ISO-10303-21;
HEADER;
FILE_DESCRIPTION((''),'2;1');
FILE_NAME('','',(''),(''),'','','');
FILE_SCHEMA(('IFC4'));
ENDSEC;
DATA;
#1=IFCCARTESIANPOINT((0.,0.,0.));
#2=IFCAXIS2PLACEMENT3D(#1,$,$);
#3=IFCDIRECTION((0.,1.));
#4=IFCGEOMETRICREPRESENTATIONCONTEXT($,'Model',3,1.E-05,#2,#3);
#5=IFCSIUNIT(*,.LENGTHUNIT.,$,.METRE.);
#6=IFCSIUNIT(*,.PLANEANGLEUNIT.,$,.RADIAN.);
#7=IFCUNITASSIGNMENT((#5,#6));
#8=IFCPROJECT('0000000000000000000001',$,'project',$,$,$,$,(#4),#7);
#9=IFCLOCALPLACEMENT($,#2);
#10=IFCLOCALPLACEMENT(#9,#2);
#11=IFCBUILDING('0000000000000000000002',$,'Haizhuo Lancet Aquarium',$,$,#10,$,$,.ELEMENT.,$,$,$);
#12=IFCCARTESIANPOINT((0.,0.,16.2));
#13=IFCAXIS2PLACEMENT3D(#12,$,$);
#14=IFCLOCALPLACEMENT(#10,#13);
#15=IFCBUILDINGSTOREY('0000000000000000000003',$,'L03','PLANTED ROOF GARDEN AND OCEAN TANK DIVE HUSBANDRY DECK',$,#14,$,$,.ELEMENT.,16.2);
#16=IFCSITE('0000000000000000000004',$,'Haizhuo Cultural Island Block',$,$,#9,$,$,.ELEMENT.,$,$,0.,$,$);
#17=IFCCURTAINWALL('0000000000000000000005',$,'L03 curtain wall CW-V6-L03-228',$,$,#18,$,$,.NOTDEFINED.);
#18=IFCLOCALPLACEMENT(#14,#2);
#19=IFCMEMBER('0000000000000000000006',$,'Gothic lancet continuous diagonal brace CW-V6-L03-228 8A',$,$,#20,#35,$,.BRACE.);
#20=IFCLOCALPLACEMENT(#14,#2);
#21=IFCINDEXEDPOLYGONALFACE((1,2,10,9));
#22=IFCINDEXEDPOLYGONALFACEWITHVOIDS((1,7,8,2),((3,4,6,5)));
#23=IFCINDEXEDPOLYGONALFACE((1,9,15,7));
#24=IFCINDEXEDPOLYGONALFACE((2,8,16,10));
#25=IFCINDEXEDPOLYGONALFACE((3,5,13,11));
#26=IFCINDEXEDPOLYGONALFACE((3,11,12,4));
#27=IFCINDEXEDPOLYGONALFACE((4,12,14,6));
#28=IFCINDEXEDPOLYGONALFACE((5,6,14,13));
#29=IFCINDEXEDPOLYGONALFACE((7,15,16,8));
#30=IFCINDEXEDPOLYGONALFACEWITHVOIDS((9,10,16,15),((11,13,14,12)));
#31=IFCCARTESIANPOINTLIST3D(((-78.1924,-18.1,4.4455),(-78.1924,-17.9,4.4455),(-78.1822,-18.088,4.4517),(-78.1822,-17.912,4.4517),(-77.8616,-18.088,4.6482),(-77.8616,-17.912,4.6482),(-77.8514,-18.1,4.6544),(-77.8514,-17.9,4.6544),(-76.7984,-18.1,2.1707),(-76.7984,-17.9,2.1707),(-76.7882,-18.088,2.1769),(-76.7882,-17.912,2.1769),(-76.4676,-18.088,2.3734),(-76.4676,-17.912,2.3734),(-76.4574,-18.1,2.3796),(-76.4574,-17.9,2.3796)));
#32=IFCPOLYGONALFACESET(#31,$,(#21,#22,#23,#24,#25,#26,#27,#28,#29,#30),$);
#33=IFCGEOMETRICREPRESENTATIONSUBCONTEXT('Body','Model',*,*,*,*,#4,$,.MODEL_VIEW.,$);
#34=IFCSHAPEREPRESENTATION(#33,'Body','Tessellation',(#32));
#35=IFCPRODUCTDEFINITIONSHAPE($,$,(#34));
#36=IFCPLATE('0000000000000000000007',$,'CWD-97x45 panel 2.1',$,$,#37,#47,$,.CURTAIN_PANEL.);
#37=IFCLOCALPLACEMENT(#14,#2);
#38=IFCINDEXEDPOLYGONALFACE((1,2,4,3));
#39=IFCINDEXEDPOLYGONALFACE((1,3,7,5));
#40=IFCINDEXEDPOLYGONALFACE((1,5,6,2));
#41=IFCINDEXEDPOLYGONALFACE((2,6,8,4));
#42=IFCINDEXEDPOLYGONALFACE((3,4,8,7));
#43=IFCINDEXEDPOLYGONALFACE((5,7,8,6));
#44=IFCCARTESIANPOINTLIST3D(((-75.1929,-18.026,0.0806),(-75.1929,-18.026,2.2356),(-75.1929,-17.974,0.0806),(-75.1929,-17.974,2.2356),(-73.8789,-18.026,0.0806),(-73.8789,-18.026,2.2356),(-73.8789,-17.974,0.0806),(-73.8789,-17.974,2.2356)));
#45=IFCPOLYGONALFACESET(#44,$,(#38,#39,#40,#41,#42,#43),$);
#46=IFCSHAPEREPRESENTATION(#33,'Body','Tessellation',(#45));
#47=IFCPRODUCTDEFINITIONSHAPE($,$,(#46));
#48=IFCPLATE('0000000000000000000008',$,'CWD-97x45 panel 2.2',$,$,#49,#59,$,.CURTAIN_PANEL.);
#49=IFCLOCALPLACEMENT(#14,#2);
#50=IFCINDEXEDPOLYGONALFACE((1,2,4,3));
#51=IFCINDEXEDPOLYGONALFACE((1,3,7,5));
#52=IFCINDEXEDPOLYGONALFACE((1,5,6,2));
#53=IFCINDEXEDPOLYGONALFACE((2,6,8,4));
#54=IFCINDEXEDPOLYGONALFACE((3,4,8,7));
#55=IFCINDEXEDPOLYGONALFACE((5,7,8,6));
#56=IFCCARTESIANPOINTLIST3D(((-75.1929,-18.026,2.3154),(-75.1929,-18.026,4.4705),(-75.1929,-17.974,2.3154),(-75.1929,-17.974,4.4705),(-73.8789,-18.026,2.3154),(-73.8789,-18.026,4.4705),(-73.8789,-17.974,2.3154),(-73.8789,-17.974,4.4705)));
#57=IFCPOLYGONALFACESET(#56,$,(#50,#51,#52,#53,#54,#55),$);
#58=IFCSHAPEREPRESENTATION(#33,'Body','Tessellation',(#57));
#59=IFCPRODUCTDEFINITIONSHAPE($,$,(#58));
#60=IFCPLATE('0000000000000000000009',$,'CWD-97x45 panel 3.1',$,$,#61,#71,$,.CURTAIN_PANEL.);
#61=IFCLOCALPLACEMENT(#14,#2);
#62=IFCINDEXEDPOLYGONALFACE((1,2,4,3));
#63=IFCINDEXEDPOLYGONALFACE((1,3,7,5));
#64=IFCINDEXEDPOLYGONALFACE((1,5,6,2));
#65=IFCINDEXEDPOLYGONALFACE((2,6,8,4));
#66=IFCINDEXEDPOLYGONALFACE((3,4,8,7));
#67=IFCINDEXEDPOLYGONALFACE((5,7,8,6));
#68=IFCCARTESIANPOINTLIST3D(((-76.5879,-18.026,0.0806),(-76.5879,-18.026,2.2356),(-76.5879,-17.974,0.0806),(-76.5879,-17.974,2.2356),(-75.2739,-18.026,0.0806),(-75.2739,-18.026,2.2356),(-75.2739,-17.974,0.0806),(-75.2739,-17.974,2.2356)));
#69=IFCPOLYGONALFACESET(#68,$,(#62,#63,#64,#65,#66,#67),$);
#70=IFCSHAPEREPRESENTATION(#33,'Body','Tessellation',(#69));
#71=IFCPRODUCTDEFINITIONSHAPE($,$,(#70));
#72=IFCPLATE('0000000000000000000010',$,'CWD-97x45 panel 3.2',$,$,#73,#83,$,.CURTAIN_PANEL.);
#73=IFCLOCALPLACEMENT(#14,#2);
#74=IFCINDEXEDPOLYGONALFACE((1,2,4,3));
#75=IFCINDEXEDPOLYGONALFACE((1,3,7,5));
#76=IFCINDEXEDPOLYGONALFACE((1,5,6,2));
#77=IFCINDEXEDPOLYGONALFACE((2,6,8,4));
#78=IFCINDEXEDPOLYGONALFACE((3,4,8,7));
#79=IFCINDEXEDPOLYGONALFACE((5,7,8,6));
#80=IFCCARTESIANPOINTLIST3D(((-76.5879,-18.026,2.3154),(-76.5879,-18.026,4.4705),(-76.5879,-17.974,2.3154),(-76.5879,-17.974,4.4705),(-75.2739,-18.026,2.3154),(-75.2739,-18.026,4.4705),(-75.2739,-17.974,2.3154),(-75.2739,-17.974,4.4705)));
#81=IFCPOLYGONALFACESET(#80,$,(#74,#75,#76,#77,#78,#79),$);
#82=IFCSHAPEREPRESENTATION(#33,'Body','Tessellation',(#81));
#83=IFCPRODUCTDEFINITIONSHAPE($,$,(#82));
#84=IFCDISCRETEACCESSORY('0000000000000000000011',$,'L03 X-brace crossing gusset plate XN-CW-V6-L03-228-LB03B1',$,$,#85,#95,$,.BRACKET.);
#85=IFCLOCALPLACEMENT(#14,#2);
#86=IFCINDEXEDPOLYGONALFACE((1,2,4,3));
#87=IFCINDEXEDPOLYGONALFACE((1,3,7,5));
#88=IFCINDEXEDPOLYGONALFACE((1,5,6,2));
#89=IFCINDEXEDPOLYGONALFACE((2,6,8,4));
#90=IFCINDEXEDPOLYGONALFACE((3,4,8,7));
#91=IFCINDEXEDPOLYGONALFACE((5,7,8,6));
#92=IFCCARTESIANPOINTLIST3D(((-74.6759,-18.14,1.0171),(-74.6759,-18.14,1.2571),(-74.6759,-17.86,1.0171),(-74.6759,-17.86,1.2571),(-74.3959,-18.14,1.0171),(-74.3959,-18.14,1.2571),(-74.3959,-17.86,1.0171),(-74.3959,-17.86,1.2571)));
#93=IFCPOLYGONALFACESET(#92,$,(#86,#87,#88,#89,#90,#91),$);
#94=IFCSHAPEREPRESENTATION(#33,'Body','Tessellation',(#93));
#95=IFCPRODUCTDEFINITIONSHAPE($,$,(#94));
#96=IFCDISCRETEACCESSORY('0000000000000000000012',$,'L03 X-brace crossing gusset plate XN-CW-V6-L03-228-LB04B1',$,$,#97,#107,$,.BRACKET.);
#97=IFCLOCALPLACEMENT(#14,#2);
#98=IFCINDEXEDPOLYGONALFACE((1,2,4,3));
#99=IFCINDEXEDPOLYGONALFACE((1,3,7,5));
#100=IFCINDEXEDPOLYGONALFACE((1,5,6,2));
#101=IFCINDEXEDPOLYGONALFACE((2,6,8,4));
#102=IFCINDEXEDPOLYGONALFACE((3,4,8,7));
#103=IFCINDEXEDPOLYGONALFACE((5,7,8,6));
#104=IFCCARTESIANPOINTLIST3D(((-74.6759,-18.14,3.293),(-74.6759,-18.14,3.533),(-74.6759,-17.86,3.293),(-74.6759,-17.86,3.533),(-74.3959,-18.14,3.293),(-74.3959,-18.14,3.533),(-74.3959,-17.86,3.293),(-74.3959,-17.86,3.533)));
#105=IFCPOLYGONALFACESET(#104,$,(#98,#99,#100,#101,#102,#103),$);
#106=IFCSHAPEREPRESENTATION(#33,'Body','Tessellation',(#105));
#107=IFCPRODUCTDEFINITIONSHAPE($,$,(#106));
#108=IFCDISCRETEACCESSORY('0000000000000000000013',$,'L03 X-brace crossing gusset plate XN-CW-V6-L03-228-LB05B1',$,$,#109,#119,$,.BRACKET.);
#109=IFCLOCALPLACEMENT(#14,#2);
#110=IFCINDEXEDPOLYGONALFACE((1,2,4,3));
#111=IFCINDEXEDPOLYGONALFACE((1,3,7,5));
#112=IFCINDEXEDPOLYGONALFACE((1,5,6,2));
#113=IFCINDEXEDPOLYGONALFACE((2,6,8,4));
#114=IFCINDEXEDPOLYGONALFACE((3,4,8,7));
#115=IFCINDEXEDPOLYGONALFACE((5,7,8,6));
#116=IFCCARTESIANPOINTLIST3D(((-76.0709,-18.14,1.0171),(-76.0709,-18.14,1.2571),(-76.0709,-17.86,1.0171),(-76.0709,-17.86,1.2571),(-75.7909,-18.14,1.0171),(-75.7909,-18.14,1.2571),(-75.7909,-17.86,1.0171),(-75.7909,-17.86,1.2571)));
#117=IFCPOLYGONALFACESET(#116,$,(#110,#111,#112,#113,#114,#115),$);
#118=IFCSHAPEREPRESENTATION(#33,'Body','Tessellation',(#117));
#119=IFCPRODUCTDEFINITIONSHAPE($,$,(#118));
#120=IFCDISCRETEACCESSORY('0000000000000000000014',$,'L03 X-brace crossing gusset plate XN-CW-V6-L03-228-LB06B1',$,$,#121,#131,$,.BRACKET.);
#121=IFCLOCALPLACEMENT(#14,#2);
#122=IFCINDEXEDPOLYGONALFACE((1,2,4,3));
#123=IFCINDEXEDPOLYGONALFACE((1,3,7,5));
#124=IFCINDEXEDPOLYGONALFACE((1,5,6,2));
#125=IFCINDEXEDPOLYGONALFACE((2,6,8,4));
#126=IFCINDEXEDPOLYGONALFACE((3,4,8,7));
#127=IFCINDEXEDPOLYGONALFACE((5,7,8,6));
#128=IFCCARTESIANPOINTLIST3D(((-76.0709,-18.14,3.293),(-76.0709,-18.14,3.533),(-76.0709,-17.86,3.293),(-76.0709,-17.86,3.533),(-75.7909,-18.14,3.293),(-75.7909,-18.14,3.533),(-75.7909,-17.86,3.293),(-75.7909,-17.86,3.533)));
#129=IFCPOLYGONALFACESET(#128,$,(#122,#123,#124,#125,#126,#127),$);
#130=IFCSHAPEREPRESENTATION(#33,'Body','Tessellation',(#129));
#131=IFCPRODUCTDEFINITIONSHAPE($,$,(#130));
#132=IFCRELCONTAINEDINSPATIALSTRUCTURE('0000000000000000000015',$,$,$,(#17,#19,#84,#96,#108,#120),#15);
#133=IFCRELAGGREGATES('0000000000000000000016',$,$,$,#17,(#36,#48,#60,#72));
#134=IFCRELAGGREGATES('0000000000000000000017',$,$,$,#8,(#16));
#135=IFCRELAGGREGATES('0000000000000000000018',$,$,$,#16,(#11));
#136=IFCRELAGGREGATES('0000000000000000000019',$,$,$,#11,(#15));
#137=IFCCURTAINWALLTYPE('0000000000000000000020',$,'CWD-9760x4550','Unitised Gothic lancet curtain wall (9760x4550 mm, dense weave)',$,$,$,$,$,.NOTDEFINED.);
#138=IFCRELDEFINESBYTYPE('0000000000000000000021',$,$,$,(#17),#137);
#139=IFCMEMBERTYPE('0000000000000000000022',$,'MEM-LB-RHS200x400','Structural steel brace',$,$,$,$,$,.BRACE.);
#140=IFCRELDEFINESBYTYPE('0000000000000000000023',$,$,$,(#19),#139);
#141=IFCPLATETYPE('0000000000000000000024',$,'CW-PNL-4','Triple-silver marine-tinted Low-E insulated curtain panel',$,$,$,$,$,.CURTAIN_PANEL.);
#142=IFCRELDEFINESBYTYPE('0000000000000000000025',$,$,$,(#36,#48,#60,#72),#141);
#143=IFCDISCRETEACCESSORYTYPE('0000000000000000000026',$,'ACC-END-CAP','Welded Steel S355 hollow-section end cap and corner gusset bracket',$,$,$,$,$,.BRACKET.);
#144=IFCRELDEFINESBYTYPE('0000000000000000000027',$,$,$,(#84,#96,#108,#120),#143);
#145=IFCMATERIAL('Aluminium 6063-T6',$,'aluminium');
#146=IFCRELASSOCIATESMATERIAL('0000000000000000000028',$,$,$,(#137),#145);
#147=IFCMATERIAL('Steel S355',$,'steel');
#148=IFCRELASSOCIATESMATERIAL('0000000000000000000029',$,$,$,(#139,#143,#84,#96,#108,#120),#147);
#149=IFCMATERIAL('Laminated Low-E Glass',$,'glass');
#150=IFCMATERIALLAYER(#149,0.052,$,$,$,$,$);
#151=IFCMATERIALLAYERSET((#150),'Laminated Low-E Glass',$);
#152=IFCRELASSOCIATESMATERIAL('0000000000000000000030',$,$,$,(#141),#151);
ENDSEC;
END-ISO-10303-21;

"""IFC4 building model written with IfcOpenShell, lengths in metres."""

from ifc_helpers import new_model, si_unit, direction, frame, origin, origin_2d, place, context, subcontext, project, spatial, rectangle, hollow_rectangle, extrude, material, layer, layer_set, material_profile, profile_set, type_object, element, aggregate, save


model = new_model("IFC4")

# Units and contexts
model_context = context("Model", 3, precision=1e-05, world=origin(), true_north=direction((0.0, 1.0)))
body_context = subcontext(model_context, "Body", "Model", "MODEL_VIEW")
ifc_project = project(units=[si_unit("LENGTHUNIT", "METRE"), si_unit("PLANEANGLEUNIT", "RADIAN")], contexts=[model_context])

# Site, building, storey
site_placement = place(None, origin())
site = spatial("IfcSite", under=ifc_project, at=site_placement, Name="Haizhuo Cultural Island Block", CompositionType="ELEMENT", RefElevation=0.0)
building_placement = place(site_placement, origin())
building = spatial("IfcBuilding", under=site, at=building_placement, Name="Haizhuo Lancet Aquarium", CompositionType="ELEMENT")
storey_placement = place(building_placement, frame((0.0, 0.0, 16.2)))
storey = spatial("IfcBuildingStorey", under=building, at=storey_placement, Name="L03", Description="PLANTED ROOF GARDEN AND OCEAN TANK DIVE HUSBANDRY DECK", CompositionType="ELEMENT", Elevation=16.2)

# Curtain wall
ifc_material_1 = material(Name="Aluminium 6063-T6", Category="aluminium")
curtain_wall_type = type_object("IfcCurtainWallType", Name="CWD-9760x4550", Description="Unitised Gothic lancet curtain wall (9760x4550 mm, dense weave)", PredefinedType="NOTDEFINED", material=ifc_material_1)
curtain_wall_placement = place(storey_placement, origin())
curtain_wall = element("IfcCurtainWall", 1, at=curtain_wall_placement, inside=storey, type_object=curtain_wall_type, Name="L03 curtain wall CW-V6-L03-228", PredefinedType="NOTDEFINED")

# Member
ifc_material_2 = material(Name="Steel S355", Category="steel")
ifc_material_profile_1 = material_profile(ifc_material_2, hollow_rectangle(XDim=0.2, YDim=0.3999, WallThickness=0.012, at=origin_2d()), Name="RHS 200x400x12")
ifc_profile_set_1 = profile_set([ifc_material_profile_1], Name="Steel S355")
member_type_1 = type_object("IfcMemberType", Name="MEM-LB-RHS200x400", Description="Structural steel brace", PredefinedType="BRACE", material=ifc_profile_set_1)
member_1_placement = place(storey_placement, frame((-76.6279, -18.0, 2.2751), z_axis=(-0.522493, 0.0, 0.852643), x_axis=(0.0, -1.0, 0.0)))
element("IfcMember", 2, at=member_1_placement, inside=storey, type_object=member_type_1, Name="Gothic lancet continuous diagonal brace CW-V6-L03-228 8A", PredefinedType="BRACE", context=body_context, shape_type="SweptSolid", body=[
    extrude(hollow_rectangle(XDim=0.2, YDim=0.3999, WallThickness=0.012, at=origin_2d()), origin(), (0.0, 0.0, 1.0), 2.668),
])

# Plates
ifc_material_3 = material(Name="Laminated Low-E Glass", Category="glass")
ifc_layer = layer(ifc_material_3, 0.052)
ifc_layer_set = layer_set([ifc_layer], Name="Laminated Low-E Glass")
plate_type = type_object("IfcPlateType", Name="CW-PNL-4", Description="Triple-silver marine-tinted Low-E insulated curtain panel", PredefinedType="CURTAIN_PANEL", material=ifc_layer_set)
plate_1_placement = place(storey_placement, frame((-74.5359, -18.0, 0.0806), z_axis=(0.0, 0.0, 1.0), x_axis=(-1.0, 0.0, 0.0)))
plate_1 = element("IfcPlate", 3, at=plate_1_placement, type_object=plate_type, Name="CWD-97x45 panel 2.1", PredefinedType="CURTAIN_PANEL", context=body_context, shape_type="SweptSolid", body=[
    extrude(rectangle(XDim=1.314, YDim=0.052, at=origin_2d()), origin(), (0.0, 0.0, 1.0), 2.155),
])
plate_2_placement = place(storey_placement, frame((-74.5359, -18.0, 2.3154), z_axis=(0.0, 0.0, 1.0), x_axis=(-1.0, 0.0, 0.0)))
plate_2 = element("IfcPlate", 4, at=plate_2_placement, type_object=plate_type, Name="CWD-97x45 panel 2.2", PredefinedType="CURTAIN_PANEL", context=body_context, shape_type="SweptSolid", body=[
    extrude(rectangle(XDim=1.314, YDim=0.052, at=origin_2d()), origin(), (0.0, 0.0, 1.0), 2.155),
])
plate_3_placement = place(storey_placement, frame((-75.9309, -18.0, 0.0806), z_axis=(0.0, 0.0, 1.0), x_axis=(-1.0, 0.0, 0.0)))
plate_3 = element("IfcPlate", 5, at=plate_3_placement, type_object=plate_type, Name="CWD-97x45 panel 3.1", PredefinedType="CURTAIN_PANEL", context=body_context, shape_type="SweptSolid", body=[
    extrude(rectangle(XDim=1.314, YDim=0.052, at=origin_2d()), origin(), (0.0, 0.0, 1.0), 2.155),
])
plate_4_placement = place(storey_placement, frame((-75.9309, -18.0, 2.3154), z_axis=(0.0, 0.0, 1.0), x_axis=(-1.0, 0.0, 0.0)))
plate_4 = element("IfcPlate", 6, at=plate_4_placement, type_object=plate_type, Name="CWD-97x45 panel 3.2", PredefinedType="CURTAIN_PANEL", context=body_context, shape_type="SweptSolid", body=[
    extrude(rectangle(XDim=1.314, YDim=0.052, at=origin_2d()), origin(), (0.0, 0.0, 1.0), 2.155),
])
aggregate(curtain_wall, [plate_1, plate_2, plate_3, plate_4])

# Discrete accessories
discrete_accessory_type = type_object("IfcDiscreteAccessoryType", Name="ACC-END-CAP", Description="Welded Steel S355 hollow-section end cap and corner gusset bracket", PredefinedType="BRACKET", material=ifc_material_2)
for number, where, z_axis, x_axis, name in (
    (7, (-74.5359, -18.0, 1.0171), (0.0, 0.0, 1.0), (1.0, 0.0, 0.0), "L03 X-brace crossing gusset plate XN-CW-V6-L03-228-LB03B1"),
    (8, (-74.5359, -18.0, 3.293), (0.0, 0.0, 1.0), (1.0, 0.0, 0.0), "L03 X-brace crossing gusset plate XN-CW-V6-L03-228-LB04B1"),
    (9, (-75.9309, -18.0, 1.0171), (0.0, 0.0, 1.0), (1.0, 0.0, 0.0), "L03 X-brace crossing gusset plate XN-CW-V6-L03-228-LB05B1"),
    (10, (-75.9309, -18.0, 3.293), (0.0, 0.0, 1.0), (1.0, 0.0, 0.0), "L03 X-brace crossing gusset plate XN-CW-V6-L03-228-LB06B1"),
):
    element("IfcDiscreteAccessory", number, at=place(storey_placement, frame(where, z_axis=z_axis, x_axis=x_axis)), inside=storey, type_object=discrete_accessory_type, material=ifc_material_2, Name=name, PredefinedType="BRACKET", context=body_context, shape_type="SweptSolid", body=[
        extrude(rectangle(XDim=0.28, YDim=0.28, at=origin_2d()), origin(), (0.0, 0.0, 1.0), 0.24),
    ])

save(model, "model.ifc")
